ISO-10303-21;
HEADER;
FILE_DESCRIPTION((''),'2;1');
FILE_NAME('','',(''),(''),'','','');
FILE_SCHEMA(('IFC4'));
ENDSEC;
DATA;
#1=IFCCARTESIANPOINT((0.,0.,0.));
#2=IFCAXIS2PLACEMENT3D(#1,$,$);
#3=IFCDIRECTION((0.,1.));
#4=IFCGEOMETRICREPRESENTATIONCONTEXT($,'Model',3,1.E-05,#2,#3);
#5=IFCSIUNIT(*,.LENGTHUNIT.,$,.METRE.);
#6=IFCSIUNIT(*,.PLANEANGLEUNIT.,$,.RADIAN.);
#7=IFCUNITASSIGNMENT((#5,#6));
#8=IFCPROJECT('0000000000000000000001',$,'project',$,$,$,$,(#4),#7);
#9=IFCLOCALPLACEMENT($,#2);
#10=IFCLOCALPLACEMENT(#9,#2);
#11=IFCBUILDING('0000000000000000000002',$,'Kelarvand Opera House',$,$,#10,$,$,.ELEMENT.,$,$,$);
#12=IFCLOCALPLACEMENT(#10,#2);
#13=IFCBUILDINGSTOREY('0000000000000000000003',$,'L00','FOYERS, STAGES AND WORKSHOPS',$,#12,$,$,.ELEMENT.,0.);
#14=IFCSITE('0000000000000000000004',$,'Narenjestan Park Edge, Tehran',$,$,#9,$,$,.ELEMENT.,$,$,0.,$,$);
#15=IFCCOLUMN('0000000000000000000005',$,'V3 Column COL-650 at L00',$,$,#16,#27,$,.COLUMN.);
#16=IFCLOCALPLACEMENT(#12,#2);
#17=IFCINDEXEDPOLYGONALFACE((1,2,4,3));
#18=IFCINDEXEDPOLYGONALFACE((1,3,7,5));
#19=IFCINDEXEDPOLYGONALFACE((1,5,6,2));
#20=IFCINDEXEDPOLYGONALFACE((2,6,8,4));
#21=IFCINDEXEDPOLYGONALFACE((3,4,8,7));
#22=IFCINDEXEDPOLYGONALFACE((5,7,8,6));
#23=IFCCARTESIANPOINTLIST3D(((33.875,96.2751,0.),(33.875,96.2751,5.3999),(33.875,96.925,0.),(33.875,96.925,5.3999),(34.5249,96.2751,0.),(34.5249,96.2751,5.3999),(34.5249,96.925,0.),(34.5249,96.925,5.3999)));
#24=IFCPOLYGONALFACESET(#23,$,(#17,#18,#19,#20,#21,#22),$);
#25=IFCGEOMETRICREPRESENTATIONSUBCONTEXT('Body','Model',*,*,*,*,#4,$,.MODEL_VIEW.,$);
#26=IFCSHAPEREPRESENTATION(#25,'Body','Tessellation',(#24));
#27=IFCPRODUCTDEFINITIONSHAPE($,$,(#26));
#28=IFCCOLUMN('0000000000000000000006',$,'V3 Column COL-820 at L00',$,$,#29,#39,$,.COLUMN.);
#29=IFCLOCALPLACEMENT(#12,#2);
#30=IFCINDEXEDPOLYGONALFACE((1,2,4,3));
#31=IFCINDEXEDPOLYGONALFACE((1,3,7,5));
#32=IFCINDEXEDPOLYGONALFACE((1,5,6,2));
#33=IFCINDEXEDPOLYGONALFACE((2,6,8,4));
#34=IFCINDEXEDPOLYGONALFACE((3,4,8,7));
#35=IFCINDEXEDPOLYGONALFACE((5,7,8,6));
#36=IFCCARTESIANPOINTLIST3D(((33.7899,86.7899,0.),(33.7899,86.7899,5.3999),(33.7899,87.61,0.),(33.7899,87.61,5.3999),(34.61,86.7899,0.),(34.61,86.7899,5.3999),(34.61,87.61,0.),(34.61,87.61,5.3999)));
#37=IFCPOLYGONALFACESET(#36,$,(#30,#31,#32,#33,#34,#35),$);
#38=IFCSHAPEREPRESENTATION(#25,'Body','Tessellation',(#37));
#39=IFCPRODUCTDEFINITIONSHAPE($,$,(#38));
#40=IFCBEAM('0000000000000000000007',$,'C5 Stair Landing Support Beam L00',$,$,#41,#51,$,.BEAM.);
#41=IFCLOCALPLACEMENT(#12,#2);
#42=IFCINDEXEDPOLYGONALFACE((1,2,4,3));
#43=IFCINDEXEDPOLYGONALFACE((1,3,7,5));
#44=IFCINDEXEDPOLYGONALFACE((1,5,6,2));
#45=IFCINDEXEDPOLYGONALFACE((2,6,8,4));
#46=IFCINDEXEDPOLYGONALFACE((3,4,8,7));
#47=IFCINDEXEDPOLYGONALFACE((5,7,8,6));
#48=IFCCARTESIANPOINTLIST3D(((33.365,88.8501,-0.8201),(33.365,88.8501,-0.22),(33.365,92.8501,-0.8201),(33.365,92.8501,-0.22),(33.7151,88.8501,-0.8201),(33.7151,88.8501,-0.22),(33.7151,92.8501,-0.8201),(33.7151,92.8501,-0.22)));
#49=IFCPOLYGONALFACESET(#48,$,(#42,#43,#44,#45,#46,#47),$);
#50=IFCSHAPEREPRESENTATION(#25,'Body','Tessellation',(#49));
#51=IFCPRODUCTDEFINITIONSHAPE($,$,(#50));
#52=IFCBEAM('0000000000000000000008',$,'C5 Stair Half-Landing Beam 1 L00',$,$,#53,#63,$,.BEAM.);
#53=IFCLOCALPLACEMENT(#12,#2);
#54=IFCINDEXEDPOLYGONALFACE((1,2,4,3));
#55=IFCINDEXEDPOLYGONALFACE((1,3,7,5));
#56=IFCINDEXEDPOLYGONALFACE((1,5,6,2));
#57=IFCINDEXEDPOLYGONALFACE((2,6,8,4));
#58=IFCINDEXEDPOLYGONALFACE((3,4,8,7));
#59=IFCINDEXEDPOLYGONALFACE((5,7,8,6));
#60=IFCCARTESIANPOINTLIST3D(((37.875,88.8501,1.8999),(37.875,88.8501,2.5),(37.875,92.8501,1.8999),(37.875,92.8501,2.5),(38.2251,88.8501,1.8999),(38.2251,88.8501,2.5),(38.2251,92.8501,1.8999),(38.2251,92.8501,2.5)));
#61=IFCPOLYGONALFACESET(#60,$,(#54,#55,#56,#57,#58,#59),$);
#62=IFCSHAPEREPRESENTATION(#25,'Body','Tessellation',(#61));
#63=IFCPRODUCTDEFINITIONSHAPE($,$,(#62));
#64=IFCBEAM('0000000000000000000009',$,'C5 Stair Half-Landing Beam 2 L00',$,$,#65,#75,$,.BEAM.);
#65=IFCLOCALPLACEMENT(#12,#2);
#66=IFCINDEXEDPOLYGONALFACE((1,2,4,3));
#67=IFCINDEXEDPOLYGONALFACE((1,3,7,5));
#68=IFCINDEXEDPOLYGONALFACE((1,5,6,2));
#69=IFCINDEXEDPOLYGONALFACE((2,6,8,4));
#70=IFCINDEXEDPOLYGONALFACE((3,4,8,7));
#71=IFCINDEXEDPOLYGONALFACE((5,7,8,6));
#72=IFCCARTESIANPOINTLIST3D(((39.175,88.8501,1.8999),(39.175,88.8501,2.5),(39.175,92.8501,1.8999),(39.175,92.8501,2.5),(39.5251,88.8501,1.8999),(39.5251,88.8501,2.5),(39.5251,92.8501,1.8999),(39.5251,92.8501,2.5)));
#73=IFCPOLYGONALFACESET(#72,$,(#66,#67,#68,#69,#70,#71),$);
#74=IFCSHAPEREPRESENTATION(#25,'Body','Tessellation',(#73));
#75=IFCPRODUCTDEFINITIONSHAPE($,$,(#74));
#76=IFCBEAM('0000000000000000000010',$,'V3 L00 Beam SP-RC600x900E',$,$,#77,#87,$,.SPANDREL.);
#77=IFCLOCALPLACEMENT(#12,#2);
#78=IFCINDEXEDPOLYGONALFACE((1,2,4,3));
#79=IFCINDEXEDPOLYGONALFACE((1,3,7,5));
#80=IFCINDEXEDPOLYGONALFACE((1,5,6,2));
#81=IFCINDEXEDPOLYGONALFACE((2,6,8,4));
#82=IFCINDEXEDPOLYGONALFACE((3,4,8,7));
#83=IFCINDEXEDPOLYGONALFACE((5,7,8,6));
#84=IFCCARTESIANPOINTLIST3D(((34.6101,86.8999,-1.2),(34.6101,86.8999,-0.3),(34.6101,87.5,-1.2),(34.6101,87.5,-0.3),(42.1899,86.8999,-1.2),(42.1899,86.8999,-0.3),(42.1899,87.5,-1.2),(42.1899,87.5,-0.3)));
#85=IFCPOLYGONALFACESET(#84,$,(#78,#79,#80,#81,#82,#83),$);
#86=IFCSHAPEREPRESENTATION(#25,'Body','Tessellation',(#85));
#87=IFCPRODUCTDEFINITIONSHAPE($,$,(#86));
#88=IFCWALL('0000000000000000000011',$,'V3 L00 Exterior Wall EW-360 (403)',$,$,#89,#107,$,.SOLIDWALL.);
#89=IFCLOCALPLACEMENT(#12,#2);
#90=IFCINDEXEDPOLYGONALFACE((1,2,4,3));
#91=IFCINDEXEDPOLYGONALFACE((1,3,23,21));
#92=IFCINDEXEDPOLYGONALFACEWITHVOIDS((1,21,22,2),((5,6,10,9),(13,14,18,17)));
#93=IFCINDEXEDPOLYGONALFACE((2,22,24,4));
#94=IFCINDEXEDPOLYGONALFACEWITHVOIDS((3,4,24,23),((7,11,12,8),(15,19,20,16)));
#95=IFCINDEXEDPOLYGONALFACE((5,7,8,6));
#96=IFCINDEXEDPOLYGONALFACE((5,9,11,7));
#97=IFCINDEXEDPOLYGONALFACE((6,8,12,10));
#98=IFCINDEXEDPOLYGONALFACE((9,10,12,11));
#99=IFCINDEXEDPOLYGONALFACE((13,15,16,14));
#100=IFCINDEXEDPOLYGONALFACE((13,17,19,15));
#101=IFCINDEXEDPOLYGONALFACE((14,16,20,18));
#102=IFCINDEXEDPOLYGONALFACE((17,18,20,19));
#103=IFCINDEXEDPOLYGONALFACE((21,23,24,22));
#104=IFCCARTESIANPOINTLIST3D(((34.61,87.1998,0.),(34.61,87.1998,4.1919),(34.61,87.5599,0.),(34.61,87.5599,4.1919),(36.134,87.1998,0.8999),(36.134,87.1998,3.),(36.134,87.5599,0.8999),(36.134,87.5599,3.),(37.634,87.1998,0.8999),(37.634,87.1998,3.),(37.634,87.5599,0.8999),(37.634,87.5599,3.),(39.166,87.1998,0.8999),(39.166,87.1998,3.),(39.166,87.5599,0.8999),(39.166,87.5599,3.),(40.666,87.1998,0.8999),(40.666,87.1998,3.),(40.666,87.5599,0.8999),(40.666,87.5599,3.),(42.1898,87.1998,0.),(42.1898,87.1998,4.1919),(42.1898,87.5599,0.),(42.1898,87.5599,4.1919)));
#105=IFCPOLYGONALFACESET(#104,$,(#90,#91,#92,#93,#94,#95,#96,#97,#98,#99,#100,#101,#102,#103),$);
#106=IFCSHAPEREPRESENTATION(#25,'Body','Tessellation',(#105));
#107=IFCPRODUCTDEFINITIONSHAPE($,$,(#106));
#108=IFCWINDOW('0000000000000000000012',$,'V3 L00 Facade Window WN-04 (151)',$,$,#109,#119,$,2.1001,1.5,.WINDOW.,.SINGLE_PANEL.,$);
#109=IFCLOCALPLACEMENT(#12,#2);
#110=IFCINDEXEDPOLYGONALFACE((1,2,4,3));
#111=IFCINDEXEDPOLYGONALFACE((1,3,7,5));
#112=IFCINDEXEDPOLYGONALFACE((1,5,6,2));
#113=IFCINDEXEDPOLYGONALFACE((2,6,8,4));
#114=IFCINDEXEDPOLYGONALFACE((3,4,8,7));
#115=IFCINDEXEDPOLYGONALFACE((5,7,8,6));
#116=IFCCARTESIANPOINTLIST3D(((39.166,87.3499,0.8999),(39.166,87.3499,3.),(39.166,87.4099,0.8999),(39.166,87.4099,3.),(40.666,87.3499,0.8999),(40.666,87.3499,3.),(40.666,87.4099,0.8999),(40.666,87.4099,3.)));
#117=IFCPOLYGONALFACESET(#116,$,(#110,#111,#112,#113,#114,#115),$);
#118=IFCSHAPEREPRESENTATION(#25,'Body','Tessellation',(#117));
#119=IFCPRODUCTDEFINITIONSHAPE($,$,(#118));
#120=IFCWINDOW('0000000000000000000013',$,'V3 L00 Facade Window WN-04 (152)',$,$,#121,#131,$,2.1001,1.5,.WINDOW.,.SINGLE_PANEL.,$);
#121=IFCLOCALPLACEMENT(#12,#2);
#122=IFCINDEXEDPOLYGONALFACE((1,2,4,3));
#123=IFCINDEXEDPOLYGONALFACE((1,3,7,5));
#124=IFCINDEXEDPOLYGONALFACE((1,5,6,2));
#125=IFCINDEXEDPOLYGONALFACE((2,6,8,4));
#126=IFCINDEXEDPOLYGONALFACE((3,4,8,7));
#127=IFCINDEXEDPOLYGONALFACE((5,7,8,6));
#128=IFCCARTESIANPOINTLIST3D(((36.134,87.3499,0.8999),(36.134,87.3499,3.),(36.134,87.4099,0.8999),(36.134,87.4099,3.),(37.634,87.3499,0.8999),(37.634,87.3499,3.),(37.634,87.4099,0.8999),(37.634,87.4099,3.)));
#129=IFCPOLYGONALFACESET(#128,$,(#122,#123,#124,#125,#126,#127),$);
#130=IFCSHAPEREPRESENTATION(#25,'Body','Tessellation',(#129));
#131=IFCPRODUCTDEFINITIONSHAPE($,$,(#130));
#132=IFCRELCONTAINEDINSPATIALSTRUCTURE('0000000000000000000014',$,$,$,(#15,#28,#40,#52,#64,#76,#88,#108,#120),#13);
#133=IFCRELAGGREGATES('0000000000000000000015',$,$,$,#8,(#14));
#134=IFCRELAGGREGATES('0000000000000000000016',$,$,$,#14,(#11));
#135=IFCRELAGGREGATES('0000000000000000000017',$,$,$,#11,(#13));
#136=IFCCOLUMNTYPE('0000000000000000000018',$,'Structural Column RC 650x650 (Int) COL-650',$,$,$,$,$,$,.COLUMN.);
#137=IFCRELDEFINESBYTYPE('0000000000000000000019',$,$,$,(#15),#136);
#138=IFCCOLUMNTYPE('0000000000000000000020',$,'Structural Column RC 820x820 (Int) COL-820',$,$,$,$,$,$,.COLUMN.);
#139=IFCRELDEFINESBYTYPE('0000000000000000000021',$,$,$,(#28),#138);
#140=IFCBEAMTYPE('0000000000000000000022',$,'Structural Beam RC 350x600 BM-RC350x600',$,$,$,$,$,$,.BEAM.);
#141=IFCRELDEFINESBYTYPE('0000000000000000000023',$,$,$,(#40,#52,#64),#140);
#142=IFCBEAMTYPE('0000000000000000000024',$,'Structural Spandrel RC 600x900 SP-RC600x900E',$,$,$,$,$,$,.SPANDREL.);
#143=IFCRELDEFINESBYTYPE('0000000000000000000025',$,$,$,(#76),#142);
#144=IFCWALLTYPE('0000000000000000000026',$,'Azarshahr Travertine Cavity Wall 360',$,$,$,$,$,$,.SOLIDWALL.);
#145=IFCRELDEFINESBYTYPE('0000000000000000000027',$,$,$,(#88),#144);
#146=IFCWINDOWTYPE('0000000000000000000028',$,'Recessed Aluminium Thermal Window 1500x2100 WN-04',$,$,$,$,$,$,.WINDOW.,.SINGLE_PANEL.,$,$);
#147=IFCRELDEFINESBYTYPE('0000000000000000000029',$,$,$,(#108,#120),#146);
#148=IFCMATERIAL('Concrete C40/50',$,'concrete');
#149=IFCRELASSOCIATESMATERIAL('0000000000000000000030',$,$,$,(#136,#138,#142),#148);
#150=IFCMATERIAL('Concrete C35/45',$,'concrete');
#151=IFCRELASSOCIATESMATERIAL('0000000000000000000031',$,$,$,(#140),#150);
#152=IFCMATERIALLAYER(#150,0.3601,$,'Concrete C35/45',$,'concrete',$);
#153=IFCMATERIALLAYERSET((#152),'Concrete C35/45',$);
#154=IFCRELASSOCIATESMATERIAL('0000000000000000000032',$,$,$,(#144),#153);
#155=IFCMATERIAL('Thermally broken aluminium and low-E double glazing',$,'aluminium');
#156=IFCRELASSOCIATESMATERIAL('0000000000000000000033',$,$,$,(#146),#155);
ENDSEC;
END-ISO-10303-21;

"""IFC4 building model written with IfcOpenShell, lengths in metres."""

from ifc_helpers import new_model, si_unit, direction, frame, frame_2d, origin, origin_2d, place, context, subcontext, project, spatial, rectangle, extrude, material, layer, layer_set, material_profile, profile_set, type_object, element, fill, save


model = new_model("IFC4")

# Units and contexts
model_context = context("Model", 3, precision=1e-05, world=origin(), true_north=direction((0.0, 1.0)))
body_context = subcontext(model_context, "Body", "Model", "MODEL_VIEW")
ifc_project = project(units=[si_unit("LENGTHUNIT", "METRE"), si_unit("PLANEANGLEUNIT", "RADIAN")], contexts=[model_context])

# Site, building, storey
site_placement = place(None, origin())
site = spatial("IfcSite", under=ifc_project, at=site_placement, Name="Narenjestan Park Edge, Tehran", CompositionType="ELEMENT", RefElevation=0.0)
building_placement = place(site_placement, origin())
building = spatial("IfcBuilding", under=site, at=building_placement, Name="Kelarvand Opera House", CompositionType="ELEMENT")
storey_placement = place(building_placement, origin())
storey = spatial("IfcBuildingStorey", under=building, at=storey_placement, Name="L00", Description="FOYERS, STAGES AND WORKSHOPS", CompositionType="ELEMENT", Elevation=0.0)

# Columns
ifc_material_1 = material(Name="Concrete C40/50", Category="concrete")
ifc_material_profile_1 = material_profile(ifc_material_1, rectangle(XDim=0.6499, YDim=0.6499, at=origin_2d()), Name="RC 650x650", Category="concrete")
ifc_profile_set_1 = profile_set([ifc_material_profile_1], Name="Concrete C40/50")
column_type_1 = type_object("IfcColumnType", Name="Structural Column RC 650x650 (Int) COL-650", PredefinedType="COLUMN", material=ifc_profile_set_1)
column_1_placement = place(storey_placement, frame((34.2, 96.6001, 0.0), z_axis=(0.0, 0.0, 1.0), x_axis=(1.0, 0.0, 0.0)))
element("IfcColumn", 1, at=column_1_placement, inside=storey, type_object=column_type_1, Name="V3 Column COL-650 at L00", PredefinedType="COLUMN", context=body_context, shape_type="SweptSolid", body=[
    extrude(rectangle(XDim=0.6499, YDim=0.6499, at=origin_2d()), origin(), (0.0, 0.0, 1.0), 5.3999),
])
ifc_material_profile_2 = material_profile(ifc_material_1, rectangle(XDim=0.8201, YDim=0.8201, at=origin_2d()), Name="RC 820x820", Category="concrete")
ifc_profile_set_2 = profile_set([ifc_material_profile_2], Name="Concrete C40/50")
column_type_2 = type_object("IfcColumnType", Name="Structural Column RC 820x820 (Int) COL-820", PredefinedType="COLUMN", material=ifc_profile_set_2)
column_2_placement = place(storey_placement, frame((34.2, 87.2, 0.0), z_axis=(0.0, 0.0, 1.0), x_axis=(1.0, 0.0, 0.0)))
element("IfcColumn", 2, at=column_2_placement, inside=storey, type_object=column_type_2, Name="V3 Column COL-820 at L00", PredefinedType="COLUMN", context=body_context, shape_type="SweptSolid", body=[
    extrude(rectangle(XDim=0.8201, YDim=0.8201, at=origin_2d()), origin(), (0.0, 0.0, 1.0), 5.3999),
])

# Beams
ifc_material_2 = material(Name="Concrete C35/45", Category="concrete")
ifc_material_profile_3 = material_profile(ifc_material_2, rectangle(XDim=0.3501, YDim=0.6001, at=origin_2d()), Name="RC 350x600", Category="concrete")
ifc_profile_set_3 = profile_set([ifc_material_profile_3], Name="Concrete C35/45")
beam_type_1 = type_object("IfcBeamType", Name="Structural Beam RC 350x600 BM-RC350x600", PredefinedType="BEAM", material=ifc_profile_set_3)
for number, where, z_axis, x_axis, name in (
    (3, (33.54, 88.8501, -0.52), (0.0, 1.0, 0.0), (-1.0, 0.0, 0.0), "C5 Stair Landing Support Beam L00"),
    (4, (38.05, 88.8501, 2.2), (0.0, 1.0, 0.0), (-1.0, 0.0, 0.0), "C5 Stair Half-Landing Beam 1 L00"),
    (5, (39.3501, 88.8501, 2.2), (0.0, 1.0, 0.0), (-1.0, 0.0, 0.0), "C5 Stair Half-Landing Beam 2 L00"),
):
    element("IfcBeam", number, at=place(storey_placement, frame(where, z_axis=z_axis, x_axis=x_axis)), inside=storey, type_object=beam_type_1, Name=name, PredefinedType="BEAM", context=body_context, shape_type="SweptSolid", body=[
        extrude(rectangle(XDim=0.3501, YDim=0.6001, at=origin_2d()), origin(), (0.0, 0.0, 1.0), 4.0),
    ])
ifc_material_profile_4 = material_profile(ifc_material_1, rectangle(XDim=0.6001, YDim=0.8999, at=origin_2d()), Name="RC 600x900", Category="concrete")
ifc_profile_set_4 = profile_set([ifc_material_profile_4], Name="Concrete C40/50")
beam_type_2 = type_object("IfcBeamType", Name="Structural Spandrel RC 600x900 SP-RC600x900E", PredefinedType="SPANDREL", material=ifc_profile_set_4)
beam_placement = place(storey_placement, frame((34.6101, 87.2, -0.75), z_axis=(1.0, 0.0, 0.0), x_axis=(0.0, 1.0, 0.0)))
element("IfcBeam", 6, at=beam_placement, inside=storey, type_object=beam_type_2, Name="V3 L00 Beam SP-RC600x900E", PredefinedType="SPANDREL", context=body_context, shape_type="SweptSolid", body=[
    extrude(rectangle(XDim=0.6001, YDim=0.8999, at=origin_2d()), origin(), (0.0, 0.0, 1.0), 7.5798),
])

# Shared definitions
ifc_layer_1 = layer(ifc_material_2, 0.3601, Name="Concrete C35/45", Category="concrete")
ifc_layer_set_1 = layer_set([ifc_layer_1], Name="Concrete C35/45")
wall_type_1 = type_object("IfcWallType", Name="Azarshahr Travertine Cavity Wall 360", PredefinedType="SOLIDWALL", material=ifc_layer_set_1)

# Wall, openings, windows
wall_1_placement = place(storey_placement, frame((42.1899, 87.3799, 0.0), z_axis=(0.0, 0.0, 1.0), x_axis=(-1.0, 0.0, 0.0)))
wall_1 = element("IfcWall", 7, at=wall_1_placement, inside=storey, type_object=wall_type_1, Name="V3 L00 Exterior Wall EW-360 (403)", PredefinedType="SOLIDWALL", context=body_context, shape_type="SweptSolid", body=[
    extrude(rectangle(XDim=7.5798, YDim=0.3601, at=frame_2d((3.79, 0.0))), origin(), (0.0, 0.0, 1.0), 4.1919),
])
opening_1_placement = place(wall_1_placement, frame((1.5239, 0.0, 0.8999)))
opening_1 = element("IfcOpeningElement", 8, at=opening_1_placement, cuts=wall_1, PredefinedType="OPENING", context=body_context, shape_type="SweptSolid", body=[
    extrude(rectangle(XDim=1.5, YDim=2.1001, at=frame_2d((0.75, 1.05))), frame((0.0, 0.1899, 0.0), z_axis=(0.0, -1.0, 0.0), x_axis=(1.0, 0.0, 0.0)), (0.0, 0.0, 1.0), 0.3801),
])
opening_2_placement = place(wall_1_placement, frame((4.5559, 0.0, 0.8999)))
opening_2 = element("IfcOpeningElement", 9, at=opening_2_placement, cuts=wall_1, PredefinedType="OPENING", context=body_context, shape_type="SweptSolid", body=[
    extrude(rectangle(XDim=1.5, YDim=2.1001, at=frame_2d((0.75, 1.05))), frame((0.0, 0.1899, 0.0), z_axis=(0.0, -1.0, 0.0), x_axis=(1.0, 0.0, 0.0)), (0.0, 0.0, 1.0), 0.3801),
])
ifc_material_3 = material(Name="Thermally broken aluminium and low-E double glazing", Category="aluminium")
window_type_1 = type_object("IfcWindowType", Name="Recessed Aluminium Thermal Window 1500x2100 WN-04", PartitioningType="SINGLE_PANEL", PredefinedType="WINDOW", material=ifc_material_3)
window_1_placement = place(opening_1_placement, origin())
window_1 = element("IfcWindow", 10, at=window_1_placement, inside=storey, type_object=window_type_1, Name="V3 L00 Facade Window WN-04 (151)", OverallHeight=2.1001, OverallWidth=1.5, PartitioningType="SINGLE_PANEL", PredefinedType="WINDOW", context=body_context, shape_type="SweptSolid", body=[
    extrude(rectangle(XDim=1.5, YDim=2.1001, at=frame_2d((0.75, 1.05))), frame((0.0, 0.03, 0.0), z_axis=(0.0, -1.0, 0.0), x_axis=(1.0, 0.0, 0.0)), (0.0, 0.0, 1.0), 0.0601),
])
fill(opening_1, window_1)
window_2_placement = place(opening_2_placement, origin())
window_2 = element("IfcWindow", 11, at=window_2_placement, inside=storey, type_object=window_type_1, Name="V3 L00 Facade Window WN-04 (152)", OverallHeight=2.1001, OverallWidth=1.5, PartitioningType="SINGLE_PANEL", PredefinedType="WINDOW", context=body_context, shape_type="SweptSolid", body=[
    extrude(rectangle(XDim=1.5, YDim=2.1001, at=frame_2d((0.75, 1.05))), frame((0.0, 0.03, 0.0), z_axis=(0.0, -1.0, 0.0), x_axis=(1.0, 0.0, 0.0)), (0.0, 0.0, 1.0), 0.0601),
])
fill(opening_2, window_2)

save(model, "model.ifc")
